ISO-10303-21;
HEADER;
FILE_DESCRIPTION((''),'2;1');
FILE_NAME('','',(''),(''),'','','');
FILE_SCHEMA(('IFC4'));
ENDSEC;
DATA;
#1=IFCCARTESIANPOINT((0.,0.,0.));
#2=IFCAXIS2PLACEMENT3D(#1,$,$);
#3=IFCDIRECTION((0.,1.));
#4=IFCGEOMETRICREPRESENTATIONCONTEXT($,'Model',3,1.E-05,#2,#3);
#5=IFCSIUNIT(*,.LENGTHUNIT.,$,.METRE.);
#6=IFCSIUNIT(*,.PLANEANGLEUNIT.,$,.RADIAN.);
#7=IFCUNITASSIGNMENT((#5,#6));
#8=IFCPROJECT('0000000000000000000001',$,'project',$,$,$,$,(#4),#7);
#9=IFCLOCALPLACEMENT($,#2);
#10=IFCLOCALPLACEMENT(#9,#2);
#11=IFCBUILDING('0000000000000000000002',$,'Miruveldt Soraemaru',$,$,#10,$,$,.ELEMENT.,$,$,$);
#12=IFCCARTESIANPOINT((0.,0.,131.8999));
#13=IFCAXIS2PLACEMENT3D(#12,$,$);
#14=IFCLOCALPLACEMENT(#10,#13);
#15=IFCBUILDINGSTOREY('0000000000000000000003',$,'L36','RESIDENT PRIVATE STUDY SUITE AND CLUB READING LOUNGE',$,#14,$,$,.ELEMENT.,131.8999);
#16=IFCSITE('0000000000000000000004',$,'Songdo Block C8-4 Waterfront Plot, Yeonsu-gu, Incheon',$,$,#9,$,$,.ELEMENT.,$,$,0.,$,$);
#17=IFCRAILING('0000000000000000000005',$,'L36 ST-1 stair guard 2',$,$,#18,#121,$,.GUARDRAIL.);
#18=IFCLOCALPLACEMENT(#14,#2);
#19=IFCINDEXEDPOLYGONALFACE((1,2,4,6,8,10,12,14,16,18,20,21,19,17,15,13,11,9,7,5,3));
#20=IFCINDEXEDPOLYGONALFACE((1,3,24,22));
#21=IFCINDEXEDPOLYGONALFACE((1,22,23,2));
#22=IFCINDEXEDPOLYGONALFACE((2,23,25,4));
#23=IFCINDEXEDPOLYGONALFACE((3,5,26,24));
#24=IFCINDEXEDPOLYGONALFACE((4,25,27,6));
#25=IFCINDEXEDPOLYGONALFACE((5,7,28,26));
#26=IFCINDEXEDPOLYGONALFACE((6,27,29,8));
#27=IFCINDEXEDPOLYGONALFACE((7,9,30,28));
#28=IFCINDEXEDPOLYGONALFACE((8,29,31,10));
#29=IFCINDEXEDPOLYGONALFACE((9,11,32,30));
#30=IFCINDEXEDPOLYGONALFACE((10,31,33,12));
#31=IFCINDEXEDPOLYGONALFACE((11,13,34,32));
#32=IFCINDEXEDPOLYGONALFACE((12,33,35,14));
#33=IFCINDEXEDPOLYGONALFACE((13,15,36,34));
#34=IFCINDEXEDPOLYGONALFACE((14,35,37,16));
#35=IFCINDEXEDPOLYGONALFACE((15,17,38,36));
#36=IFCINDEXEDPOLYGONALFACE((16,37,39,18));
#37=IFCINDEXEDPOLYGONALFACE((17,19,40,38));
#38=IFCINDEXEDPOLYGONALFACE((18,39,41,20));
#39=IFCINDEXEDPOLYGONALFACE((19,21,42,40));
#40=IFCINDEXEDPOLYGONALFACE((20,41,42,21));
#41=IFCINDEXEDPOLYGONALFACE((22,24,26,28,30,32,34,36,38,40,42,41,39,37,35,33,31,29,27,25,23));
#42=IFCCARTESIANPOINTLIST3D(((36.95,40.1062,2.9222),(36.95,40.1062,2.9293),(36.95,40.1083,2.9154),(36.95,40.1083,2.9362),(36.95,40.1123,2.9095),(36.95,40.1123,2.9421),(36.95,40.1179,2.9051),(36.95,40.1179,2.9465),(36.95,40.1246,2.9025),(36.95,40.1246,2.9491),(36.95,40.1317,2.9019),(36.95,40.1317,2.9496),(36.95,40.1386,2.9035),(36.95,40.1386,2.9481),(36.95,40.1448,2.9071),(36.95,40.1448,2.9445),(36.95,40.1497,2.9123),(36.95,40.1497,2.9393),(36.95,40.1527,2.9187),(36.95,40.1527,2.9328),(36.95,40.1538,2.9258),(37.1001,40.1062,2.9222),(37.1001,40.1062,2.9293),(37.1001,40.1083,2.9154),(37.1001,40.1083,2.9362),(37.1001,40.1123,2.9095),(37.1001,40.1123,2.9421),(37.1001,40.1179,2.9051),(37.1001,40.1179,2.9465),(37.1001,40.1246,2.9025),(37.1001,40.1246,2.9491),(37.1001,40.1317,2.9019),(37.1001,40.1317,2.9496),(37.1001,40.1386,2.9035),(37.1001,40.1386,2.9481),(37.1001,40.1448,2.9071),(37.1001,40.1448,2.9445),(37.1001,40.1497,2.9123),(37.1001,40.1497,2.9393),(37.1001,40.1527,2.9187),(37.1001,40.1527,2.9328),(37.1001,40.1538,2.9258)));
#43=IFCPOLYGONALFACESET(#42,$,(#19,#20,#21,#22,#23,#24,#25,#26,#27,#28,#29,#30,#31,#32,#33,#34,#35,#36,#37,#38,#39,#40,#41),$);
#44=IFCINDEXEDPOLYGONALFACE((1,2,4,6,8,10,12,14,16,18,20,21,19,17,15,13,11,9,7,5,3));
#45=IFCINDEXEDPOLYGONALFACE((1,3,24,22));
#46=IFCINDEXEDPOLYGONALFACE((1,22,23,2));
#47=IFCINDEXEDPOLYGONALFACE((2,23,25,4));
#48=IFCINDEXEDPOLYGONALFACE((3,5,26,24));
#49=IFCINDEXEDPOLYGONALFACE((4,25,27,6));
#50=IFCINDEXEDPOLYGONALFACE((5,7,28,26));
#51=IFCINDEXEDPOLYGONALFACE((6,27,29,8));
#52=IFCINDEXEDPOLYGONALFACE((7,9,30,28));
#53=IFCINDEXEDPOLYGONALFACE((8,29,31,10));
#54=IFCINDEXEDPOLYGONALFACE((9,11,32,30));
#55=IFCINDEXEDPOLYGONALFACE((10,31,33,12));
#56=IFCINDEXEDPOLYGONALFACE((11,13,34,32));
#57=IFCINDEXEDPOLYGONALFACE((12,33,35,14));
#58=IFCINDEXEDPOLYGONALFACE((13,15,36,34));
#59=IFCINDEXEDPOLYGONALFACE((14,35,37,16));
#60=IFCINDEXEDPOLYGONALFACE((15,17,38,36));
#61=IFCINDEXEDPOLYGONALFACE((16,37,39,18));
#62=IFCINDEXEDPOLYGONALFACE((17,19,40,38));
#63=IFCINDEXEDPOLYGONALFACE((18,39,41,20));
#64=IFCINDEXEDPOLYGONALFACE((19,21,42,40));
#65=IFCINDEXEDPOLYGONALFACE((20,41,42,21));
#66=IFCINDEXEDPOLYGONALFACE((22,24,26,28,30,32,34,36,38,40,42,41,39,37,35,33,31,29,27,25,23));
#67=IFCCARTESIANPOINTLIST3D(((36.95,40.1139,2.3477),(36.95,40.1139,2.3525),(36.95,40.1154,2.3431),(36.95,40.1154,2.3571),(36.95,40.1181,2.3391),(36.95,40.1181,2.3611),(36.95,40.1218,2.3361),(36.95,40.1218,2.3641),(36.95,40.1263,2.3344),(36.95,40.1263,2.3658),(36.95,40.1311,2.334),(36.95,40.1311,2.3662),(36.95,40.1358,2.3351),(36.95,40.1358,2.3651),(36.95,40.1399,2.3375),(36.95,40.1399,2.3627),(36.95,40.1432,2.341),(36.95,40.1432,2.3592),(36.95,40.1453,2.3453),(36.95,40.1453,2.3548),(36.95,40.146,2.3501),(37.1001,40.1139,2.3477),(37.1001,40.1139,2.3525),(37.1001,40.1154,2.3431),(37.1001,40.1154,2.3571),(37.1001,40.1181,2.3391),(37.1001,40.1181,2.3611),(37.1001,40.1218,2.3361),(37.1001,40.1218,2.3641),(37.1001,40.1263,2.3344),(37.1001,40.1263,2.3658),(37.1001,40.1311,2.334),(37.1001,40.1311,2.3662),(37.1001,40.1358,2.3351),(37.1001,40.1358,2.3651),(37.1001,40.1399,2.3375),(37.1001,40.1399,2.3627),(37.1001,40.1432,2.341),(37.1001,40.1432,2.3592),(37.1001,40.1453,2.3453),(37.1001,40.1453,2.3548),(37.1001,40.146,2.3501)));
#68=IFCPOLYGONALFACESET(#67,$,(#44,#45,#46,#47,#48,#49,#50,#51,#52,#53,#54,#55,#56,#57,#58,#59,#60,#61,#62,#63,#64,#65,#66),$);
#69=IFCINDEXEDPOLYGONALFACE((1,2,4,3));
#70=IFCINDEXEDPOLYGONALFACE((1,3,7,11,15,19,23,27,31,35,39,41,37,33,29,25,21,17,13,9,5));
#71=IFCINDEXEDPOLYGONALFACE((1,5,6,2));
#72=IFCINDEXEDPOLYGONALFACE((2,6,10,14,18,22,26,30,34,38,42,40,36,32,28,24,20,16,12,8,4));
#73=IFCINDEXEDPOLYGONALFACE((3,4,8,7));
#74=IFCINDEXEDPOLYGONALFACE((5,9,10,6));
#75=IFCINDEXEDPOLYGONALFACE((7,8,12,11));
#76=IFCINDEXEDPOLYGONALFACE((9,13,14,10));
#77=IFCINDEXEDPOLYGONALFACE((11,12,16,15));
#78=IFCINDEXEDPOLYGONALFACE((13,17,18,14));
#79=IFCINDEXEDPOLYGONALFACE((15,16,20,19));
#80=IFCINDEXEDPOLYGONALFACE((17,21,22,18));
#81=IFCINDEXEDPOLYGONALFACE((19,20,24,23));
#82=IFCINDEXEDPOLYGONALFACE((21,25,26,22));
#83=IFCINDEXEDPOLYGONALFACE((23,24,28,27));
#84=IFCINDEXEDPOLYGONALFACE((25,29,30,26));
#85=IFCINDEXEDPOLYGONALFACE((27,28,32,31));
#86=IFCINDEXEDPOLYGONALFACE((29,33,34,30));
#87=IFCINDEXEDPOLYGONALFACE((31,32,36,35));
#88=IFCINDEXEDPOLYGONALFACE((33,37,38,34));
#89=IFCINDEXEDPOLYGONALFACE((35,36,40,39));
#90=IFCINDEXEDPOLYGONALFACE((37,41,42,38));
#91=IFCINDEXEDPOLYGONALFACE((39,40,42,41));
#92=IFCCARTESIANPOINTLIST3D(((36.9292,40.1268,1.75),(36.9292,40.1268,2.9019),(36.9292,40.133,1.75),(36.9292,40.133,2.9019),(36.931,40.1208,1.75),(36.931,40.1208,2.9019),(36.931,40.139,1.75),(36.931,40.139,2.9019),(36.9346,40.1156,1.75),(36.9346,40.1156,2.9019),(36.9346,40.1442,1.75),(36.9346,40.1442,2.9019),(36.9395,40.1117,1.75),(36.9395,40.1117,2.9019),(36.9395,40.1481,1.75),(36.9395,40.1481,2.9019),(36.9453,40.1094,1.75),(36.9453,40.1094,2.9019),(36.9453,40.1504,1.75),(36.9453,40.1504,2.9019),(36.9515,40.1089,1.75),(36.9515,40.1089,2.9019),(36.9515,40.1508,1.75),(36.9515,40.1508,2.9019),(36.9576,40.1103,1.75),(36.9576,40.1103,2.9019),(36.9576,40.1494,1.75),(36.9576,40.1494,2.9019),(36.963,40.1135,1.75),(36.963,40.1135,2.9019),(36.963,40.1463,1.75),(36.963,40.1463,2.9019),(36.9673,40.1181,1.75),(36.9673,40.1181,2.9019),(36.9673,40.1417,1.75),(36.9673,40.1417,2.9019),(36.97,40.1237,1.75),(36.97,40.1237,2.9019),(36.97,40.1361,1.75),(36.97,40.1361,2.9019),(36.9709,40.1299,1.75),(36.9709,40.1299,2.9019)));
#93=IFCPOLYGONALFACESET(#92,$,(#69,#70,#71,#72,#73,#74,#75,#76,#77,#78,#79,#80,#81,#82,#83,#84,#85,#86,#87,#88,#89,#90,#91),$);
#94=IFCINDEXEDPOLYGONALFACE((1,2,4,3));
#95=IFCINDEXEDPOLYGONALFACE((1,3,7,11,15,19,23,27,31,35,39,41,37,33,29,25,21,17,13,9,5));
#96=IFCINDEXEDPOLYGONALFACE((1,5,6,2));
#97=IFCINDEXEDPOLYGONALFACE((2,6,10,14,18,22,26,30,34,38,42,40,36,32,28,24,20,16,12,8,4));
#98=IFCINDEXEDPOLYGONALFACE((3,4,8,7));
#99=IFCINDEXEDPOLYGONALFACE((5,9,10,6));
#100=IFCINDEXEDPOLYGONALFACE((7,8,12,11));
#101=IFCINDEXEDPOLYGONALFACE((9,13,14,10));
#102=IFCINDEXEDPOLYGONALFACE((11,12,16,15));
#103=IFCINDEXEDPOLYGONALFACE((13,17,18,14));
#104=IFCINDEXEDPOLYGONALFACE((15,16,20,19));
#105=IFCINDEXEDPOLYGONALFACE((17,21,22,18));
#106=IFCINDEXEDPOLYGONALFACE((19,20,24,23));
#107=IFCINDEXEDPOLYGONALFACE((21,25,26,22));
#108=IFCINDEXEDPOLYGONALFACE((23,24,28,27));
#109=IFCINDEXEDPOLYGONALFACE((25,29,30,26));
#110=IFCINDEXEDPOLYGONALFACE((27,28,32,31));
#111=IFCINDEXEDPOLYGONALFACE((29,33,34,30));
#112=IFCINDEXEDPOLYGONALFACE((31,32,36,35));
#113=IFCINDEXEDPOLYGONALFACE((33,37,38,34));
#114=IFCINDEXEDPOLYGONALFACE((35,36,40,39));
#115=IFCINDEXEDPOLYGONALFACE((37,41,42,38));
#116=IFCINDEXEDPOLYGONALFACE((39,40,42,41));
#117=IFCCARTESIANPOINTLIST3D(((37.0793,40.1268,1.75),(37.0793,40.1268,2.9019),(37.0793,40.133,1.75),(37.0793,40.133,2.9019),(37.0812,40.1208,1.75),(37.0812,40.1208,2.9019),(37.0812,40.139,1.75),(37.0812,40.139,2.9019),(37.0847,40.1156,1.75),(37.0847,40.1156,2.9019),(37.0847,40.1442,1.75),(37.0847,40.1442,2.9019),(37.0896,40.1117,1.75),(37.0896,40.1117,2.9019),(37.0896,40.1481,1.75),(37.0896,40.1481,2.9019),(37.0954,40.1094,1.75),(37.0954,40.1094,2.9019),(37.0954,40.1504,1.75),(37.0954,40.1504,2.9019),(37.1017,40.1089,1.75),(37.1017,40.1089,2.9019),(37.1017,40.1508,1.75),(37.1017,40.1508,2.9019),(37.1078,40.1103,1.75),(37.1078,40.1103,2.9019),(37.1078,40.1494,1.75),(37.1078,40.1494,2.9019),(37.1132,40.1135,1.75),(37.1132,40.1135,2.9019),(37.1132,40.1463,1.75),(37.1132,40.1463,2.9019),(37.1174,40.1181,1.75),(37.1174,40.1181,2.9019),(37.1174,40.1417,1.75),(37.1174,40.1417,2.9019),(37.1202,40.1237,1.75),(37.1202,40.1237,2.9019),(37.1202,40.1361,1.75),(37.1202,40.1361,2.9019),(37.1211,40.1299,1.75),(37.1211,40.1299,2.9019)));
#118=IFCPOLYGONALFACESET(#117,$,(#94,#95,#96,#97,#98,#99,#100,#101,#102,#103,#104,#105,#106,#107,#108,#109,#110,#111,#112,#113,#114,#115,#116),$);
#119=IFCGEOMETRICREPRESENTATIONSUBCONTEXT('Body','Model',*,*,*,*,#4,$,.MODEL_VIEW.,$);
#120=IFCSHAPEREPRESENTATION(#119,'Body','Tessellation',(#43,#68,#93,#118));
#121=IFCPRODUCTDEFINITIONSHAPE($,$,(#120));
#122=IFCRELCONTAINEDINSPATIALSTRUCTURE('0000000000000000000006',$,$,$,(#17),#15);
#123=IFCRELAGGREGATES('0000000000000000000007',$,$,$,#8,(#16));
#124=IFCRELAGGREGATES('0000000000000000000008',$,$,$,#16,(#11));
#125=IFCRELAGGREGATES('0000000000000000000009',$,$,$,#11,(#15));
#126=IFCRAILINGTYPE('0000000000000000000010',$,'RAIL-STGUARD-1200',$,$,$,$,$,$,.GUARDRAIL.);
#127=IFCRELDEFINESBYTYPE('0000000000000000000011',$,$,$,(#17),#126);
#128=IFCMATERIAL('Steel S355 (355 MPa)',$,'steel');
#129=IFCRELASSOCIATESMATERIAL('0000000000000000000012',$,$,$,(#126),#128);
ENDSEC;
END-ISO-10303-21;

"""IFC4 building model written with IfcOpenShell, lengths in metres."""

from ifc_helpers import new_model, si_unit, direction, frame, origin, origin_2d, place, context, subcontext, project, spatial, circle, extrude, material, type_object, element, save


model = new_model("IFC4")

# Units and contexts
model_context = context("Model", 3, precision=1e-05, world=origin(), true_north=direction((0.0, 1.0)))
body_context = subcontext(model_context, "Body", "Model", "MODEL_VIEW")
ifc_project = project(units=[si_unit("LENGTHUNIT", "METRE"), si_unit("PLANEANGLEUNIT", "RADIAN")], contexts=[model_context])

# Site, building, storey
site_placement = place(None, origin())
site = spatial("IfcSite", under=ifc_project, at=site_placement, Name="Songdo Block C8-4 Waterfront Plot, Yeonsu-gu, Incheon", CompositionType="ELEMENT", RefElevation=0.0)
building_placement = place(site_placement, origin())
building = spatial("IfcBuilding", under=site, at=building_placement, Name="Miruveldt Soraemaru", CompositionType="ELEMENT")
storey_placement = place(building_placement, frame((0.0, 0.0, 131.8999)))
storey = spatial("IfcBuildingStorey", under=building, at=storey_placement, Name="L36", Description="RESIDENT PRIVATE STUDY SUITE AND CLUB READING LOUNGE", CompositionType="ELEMENT", Elevation=131.8999)

# Railing
ifc_material_1 = material(Name="Steel S355 (355 MPa)", Category="steel")
railing_type_1 = type_object("IfcRailingType", Name="RAIL-STGUARD-1200", PredefinedType="GUARDRAIL", material=ifc_material_1)
railing_1_placement = place(storey_placement, frame((36.95, 40.1299, 1.75)))
element("IfcRailing", 1, at=railing_1_placement, inside=storey, type_object=railing_type_1, Name="L36 ST-1 stair guard 2", PredefinedType="GUARDRAIL", context=body_context, shape_type="SweptSolid", body=[
    extrude(circle(Radius=0.0239, at=origin_2d()), frame((0.0, 0.0, 1.1758), z_axis=(1.0, 0.0, 0.0), x_axis=(0.0, 1.0, 0.0)), (0.0, 0.0, 1.0), 0.1501),
    extrude(circle(Radius=0.0161, at=origin_2d()), frame((0.0, 0.0, 0.6001), z_axis=(1.0, 0.0, 0.0), x_axis=(0.0, 1.0, 0.0)), (0.0, 0.0, 1.0), 0.1501),
    extrude(circle(Radius=0.021, at=origin_2d()), origin(), (0.0, 0.0, 1.0), 1.1519),
    extrude(circle(Radius=0.021, at=origin_2d()), frame((0.1501, 0.0, 0.0)), (0.0, 0.0, 1.0), 1.1519),
])

save(model, "model.ifc")
